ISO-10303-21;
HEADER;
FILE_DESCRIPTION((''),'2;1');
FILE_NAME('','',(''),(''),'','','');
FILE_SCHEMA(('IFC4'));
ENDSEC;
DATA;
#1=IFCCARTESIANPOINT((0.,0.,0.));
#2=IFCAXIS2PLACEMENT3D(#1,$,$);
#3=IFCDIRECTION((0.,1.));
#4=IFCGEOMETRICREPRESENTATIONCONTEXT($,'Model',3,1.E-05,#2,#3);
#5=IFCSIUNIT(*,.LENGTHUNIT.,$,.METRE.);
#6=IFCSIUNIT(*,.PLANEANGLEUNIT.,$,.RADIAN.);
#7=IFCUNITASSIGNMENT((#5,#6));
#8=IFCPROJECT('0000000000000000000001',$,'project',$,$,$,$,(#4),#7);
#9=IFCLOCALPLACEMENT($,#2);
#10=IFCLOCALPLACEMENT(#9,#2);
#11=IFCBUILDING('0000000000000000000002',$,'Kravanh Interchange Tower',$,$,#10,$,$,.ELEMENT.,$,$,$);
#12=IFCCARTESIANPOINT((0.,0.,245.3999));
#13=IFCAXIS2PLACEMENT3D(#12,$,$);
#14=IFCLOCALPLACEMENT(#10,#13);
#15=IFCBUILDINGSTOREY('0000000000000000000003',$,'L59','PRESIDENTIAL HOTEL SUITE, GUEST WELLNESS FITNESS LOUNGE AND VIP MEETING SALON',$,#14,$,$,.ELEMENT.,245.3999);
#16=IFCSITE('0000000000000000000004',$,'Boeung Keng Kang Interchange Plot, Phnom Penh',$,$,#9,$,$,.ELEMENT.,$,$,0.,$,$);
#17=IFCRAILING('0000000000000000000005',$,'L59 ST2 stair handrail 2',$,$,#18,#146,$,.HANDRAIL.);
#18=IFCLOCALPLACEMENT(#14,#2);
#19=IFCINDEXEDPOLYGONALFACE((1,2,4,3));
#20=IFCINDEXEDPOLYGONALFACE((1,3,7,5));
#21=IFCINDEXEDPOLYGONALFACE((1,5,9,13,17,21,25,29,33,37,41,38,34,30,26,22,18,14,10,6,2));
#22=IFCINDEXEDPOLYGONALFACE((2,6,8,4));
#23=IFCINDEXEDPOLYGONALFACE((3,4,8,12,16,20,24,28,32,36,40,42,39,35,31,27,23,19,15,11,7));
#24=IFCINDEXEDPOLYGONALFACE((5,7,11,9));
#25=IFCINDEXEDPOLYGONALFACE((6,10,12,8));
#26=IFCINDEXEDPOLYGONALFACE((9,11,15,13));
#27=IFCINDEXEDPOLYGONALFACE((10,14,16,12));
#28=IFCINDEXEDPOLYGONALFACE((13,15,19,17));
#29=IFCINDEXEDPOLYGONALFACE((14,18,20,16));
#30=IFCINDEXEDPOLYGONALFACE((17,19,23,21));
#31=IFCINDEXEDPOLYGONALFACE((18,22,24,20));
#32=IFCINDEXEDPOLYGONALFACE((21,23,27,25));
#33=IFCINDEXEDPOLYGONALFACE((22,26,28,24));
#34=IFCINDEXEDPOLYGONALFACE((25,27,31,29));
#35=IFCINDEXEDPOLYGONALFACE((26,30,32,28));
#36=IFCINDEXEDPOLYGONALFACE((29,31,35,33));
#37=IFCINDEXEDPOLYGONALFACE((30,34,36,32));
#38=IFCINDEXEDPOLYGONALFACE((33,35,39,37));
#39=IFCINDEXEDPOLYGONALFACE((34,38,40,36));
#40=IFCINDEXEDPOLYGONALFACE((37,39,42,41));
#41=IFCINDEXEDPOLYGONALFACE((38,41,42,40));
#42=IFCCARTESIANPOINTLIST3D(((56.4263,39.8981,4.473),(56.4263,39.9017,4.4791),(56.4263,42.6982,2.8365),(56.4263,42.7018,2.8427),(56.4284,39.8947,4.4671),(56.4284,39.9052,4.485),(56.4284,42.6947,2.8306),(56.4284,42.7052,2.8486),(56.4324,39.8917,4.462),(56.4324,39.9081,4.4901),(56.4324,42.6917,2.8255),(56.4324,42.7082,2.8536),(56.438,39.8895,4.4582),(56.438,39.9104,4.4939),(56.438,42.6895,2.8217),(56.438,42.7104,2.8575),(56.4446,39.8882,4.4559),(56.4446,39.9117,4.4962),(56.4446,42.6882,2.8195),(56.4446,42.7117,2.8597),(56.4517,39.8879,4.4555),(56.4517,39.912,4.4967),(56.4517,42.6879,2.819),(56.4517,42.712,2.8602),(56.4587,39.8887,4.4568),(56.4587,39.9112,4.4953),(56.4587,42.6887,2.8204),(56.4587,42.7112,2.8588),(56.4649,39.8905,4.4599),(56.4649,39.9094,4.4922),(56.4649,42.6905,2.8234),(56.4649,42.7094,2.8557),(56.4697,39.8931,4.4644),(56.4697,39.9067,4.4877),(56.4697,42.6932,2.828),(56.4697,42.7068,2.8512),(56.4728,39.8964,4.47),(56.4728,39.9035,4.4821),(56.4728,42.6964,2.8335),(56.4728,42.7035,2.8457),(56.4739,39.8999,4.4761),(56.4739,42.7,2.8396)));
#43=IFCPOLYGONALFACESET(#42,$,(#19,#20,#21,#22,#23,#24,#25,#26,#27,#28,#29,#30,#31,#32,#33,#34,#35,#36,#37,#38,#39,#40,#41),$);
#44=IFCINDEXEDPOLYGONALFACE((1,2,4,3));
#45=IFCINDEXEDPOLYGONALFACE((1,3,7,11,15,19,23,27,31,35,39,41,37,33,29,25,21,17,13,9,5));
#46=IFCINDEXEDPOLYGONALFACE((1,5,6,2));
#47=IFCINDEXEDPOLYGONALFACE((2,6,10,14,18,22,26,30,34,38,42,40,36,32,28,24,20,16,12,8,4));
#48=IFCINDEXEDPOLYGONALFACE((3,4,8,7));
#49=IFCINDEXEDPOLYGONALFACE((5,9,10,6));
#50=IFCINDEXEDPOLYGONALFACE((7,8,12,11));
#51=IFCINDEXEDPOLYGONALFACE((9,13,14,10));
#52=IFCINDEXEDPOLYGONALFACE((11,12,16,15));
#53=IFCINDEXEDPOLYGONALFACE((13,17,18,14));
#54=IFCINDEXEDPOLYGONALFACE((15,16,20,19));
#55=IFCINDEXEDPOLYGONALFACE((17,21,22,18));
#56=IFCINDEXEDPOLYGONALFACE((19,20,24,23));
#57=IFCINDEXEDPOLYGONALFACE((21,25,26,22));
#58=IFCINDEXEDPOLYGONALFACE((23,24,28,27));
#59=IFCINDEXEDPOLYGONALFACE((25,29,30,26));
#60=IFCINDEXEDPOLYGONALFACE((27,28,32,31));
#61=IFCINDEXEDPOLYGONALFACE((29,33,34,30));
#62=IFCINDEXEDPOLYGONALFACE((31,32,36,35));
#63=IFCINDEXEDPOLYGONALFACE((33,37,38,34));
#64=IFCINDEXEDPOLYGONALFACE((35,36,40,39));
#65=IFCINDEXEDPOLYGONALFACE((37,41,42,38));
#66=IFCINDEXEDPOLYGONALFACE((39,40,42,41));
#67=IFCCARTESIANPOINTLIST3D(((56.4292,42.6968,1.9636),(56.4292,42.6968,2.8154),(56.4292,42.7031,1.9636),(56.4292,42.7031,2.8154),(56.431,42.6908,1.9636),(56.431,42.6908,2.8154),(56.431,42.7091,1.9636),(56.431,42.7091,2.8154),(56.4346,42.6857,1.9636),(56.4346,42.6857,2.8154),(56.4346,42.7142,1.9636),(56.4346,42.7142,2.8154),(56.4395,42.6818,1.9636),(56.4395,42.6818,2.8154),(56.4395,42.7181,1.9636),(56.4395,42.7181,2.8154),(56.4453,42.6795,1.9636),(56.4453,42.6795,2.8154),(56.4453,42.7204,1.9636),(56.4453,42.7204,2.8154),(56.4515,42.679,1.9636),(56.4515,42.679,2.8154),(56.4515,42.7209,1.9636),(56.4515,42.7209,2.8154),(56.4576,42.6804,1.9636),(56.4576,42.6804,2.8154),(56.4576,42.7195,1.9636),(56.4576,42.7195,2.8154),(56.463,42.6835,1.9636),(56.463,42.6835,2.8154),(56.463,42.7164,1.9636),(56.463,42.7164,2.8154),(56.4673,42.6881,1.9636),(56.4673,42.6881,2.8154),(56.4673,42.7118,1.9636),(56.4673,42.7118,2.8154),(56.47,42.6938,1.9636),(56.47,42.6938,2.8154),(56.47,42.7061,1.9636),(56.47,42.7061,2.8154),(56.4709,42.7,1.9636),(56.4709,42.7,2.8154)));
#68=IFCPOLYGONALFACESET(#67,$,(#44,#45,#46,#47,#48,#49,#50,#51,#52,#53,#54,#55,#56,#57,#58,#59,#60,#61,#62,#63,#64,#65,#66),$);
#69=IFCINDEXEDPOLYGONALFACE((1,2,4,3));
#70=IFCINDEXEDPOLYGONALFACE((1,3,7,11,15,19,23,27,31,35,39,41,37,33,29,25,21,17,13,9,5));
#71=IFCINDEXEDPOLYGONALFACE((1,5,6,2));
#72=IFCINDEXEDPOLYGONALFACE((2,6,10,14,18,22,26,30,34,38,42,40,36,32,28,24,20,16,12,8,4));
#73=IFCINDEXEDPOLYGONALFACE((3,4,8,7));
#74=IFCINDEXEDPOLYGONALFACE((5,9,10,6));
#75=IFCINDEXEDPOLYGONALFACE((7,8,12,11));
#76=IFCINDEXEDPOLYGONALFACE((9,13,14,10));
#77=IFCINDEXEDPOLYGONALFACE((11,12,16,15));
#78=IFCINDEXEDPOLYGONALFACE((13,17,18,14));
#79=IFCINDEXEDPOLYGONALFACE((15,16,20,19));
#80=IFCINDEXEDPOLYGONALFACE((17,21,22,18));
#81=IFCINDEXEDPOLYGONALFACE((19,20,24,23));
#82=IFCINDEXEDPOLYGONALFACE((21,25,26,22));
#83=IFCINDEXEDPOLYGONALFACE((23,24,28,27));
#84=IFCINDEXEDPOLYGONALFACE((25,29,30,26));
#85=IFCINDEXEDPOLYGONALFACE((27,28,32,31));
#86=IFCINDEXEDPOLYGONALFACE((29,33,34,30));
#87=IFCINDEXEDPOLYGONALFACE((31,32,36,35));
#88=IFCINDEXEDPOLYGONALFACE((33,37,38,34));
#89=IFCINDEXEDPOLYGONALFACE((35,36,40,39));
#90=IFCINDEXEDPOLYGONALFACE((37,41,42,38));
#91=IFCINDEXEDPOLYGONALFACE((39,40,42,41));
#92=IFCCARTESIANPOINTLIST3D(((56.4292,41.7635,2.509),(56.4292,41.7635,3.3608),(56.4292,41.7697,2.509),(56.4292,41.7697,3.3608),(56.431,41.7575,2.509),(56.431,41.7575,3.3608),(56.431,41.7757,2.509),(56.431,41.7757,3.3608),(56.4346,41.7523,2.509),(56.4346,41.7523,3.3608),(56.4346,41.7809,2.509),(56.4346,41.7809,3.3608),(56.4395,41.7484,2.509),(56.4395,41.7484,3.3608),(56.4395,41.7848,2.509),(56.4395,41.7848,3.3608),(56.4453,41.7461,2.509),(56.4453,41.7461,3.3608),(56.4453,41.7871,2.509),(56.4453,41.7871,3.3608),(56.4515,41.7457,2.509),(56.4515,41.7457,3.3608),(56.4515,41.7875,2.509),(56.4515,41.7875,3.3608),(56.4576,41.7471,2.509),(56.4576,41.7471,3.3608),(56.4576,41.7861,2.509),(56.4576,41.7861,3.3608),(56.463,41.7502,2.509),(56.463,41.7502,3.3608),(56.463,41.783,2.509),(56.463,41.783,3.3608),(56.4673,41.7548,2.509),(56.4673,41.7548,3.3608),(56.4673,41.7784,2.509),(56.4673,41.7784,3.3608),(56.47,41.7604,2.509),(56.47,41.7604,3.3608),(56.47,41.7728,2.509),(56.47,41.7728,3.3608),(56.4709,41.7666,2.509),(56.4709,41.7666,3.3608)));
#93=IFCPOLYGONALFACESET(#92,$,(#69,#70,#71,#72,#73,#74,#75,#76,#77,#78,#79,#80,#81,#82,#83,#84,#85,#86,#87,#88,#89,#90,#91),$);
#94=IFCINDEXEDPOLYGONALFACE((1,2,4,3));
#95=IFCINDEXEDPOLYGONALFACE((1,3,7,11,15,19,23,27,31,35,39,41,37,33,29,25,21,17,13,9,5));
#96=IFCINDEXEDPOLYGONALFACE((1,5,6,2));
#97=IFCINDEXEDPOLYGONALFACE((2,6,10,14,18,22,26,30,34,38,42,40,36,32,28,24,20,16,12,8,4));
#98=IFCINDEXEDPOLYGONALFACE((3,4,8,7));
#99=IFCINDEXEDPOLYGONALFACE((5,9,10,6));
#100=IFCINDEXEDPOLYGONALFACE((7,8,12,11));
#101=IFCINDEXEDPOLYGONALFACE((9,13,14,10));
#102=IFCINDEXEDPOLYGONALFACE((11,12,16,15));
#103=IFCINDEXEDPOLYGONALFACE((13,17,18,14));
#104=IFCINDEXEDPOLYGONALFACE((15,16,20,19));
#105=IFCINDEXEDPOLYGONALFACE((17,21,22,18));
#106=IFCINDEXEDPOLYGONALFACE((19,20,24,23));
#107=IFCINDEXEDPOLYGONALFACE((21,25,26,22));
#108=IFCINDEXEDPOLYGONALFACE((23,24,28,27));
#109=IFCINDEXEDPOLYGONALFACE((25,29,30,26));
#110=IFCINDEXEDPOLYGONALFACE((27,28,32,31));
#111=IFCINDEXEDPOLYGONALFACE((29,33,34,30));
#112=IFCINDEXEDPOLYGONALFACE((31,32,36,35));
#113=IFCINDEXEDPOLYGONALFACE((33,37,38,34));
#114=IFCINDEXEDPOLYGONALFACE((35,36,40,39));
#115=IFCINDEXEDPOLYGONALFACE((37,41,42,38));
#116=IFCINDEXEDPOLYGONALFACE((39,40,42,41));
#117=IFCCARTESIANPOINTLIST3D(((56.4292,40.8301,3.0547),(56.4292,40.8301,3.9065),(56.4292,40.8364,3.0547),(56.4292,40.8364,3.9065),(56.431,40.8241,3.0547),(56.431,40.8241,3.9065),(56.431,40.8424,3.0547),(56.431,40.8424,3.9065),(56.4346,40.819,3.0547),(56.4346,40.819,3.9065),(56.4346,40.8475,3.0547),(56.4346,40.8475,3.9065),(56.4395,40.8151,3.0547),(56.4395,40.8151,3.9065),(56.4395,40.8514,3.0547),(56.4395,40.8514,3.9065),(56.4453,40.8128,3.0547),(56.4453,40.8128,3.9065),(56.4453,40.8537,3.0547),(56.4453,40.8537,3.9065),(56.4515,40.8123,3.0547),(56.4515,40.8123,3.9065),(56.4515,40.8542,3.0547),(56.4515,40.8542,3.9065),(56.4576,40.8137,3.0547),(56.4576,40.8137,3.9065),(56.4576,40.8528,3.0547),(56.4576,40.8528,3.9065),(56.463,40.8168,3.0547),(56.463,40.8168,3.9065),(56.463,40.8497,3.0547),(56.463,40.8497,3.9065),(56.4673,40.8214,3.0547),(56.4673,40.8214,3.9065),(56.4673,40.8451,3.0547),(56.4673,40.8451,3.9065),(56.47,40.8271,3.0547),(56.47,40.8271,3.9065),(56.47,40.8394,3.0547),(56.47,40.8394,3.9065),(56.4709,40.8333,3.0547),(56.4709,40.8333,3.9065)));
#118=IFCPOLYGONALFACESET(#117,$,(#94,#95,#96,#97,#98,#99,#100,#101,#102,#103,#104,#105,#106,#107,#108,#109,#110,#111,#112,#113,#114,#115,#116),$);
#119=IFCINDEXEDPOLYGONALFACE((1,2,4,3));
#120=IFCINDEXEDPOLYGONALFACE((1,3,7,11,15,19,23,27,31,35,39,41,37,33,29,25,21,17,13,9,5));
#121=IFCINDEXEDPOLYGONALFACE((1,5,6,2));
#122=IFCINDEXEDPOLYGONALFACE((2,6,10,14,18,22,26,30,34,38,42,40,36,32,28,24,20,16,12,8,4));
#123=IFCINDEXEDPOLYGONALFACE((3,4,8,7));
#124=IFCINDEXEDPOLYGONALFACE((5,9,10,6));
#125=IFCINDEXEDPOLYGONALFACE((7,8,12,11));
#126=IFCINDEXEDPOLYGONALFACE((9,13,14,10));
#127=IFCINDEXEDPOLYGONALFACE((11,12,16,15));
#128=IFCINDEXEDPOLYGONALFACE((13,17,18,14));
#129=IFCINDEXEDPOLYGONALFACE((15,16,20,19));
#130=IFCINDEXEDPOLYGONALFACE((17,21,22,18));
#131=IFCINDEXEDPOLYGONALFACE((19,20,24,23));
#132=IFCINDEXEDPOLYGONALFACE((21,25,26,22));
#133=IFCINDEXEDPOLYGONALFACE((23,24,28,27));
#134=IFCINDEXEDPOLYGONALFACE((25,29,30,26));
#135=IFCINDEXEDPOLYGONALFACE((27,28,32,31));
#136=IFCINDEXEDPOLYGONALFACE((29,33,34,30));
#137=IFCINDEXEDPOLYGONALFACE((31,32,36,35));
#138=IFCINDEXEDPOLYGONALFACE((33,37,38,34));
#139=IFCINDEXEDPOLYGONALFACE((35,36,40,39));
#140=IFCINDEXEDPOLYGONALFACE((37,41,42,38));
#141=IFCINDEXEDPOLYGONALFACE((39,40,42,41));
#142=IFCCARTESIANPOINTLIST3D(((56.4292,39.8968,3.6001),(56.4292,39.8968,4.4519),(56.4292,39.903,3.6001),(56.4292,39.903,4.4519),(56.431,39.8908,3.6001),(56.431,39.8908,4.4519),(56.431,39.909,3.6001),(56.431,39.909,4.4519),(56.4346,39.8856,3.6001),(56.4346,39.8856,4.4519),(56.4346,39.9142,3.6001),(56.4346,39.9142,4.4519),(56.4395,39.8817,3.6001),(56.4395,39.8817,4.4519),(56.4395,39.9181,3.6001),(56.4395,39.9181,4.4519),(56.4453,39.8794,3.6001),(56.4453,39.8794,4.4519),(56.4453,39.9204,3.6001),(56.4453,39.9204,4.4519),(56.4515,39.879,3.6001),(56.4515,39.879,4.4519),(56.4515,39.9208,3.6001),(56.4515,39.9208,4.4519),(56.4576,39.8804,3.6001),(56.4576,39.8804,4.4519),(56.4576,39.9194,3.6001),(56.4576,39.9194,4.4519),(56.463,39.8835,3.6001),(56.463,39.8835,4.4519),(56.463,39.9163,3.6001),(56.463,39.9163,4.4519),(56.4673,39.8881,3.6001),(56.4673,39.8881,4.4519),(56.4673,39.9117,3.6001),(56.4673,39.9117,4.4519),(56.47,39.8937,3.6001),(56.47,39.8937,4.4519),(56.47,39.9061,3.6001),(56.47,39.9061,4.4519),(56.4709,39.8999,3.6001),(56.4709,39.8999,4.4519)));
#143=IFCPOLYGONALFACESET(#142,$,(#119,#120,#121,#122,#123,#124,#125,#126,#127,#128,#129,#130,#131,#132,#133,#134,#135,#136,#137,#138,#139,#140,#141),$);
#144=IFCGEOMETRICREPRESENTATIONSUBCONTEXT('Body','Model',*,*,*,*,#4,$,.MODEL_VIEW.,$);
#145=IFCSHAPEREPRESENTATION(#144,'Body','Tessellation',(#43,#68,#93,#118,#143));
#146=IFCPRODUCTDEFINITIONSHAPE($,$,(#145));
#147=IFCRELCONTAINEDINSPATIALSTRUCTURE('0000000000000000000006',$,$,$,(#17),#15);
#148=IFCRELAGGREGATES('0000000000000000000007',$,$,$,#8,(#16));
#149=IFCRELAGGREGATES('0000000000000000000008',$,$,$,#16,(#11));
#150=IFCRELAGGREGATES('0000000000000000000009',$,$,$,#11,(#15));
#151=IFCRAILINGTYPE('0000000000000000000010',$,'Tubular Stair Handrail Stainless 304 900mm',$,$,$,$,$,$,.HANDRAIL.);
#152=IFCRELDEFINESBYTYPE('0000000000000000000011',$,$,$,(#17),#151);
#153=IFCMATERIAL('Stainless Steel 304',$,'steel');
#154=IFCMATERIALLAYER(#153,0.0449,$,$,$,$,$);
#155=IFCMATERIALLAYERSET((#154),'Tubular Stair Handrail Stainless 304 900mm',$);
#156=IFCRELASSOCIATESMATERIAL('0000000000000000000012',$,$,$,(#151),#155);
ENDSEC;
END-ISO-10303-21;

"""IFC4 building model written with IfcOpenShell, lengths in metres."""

from ifc_helpers import new_model, si_unit, direction, frame, origin, origin_2d, place, context, subcontext, project, spatial, circle, extrude, material, layer, layer_set, type_object, element, save


model = new_model("IFC4")

# Units and contexts
model_context = context("Model", 3, precision=1e-05, world=origin(), true_north=direction((0.0, 1.0)))
body_context = subcontext(model_context, "Body", "Model", "MODEL_VIEW")
ifc_project = project(units=[si_unit("LENGTHUNIT", "METRE"), si_unit("PLANEANGLEUNIT", "RADIAN")], contexts=[model_context])

# Site, building, storey
site_placement = place(None, origin())
site = spatial("IfcSite", under=ifc_project, at=site_placement, Name="Boeung Keng Kang Interchange Plot, Phnom Penh", CompositionType="ELEMENT", RefElevation=0.0)
building_placement = place(site_placement, origin())
building = spatial("IfcBuilding", under=site, at=building_placement, Name="Kravanh Interchange Tower", CompositionType="ELEMENT")
storey_placement = place(building_placement, frame((0.0, 0.0, 245.3999)))
storey = spatial("IfcBuildingStorey", under=building, at=storey_placement, Name="L59", Description="PRESIDENTIAL HOTEL SUITE, GUEST WELLNESS FITNESS LOUNGE AND VIP MEETING SALON", CompositionType="ELEMENT", Elevation=245.3999)

# Railing
ifc_material_1 = material(Name="Stainless Steel 304", Category="steel")
ifc_layer_1 = layer(ifc_material_1, 0.0449)
ifc_layer_set_1 = layer_set([ifc_layer_1], Name="Tubular Stair Handrail Stainless 304 900mm")
railing_type_1 = type_object("IfcRailingType", Name="Tubular Stair Handrail Stainless 304 900mm", PredefinedType="HANDRAIL", material=ifc_layer_set_1)
railing_1_placement = place(storey_placement, frame((56.45, 42.7, 1.9636)))
element("IfcRailing", 1, at=railing_1_placement, inside=storey, type_object=railing_type_1, Name="L59 ST2 stair handrail 2", PredefinedType="HANDRAIL", context=body_context, shape_type="SweptSolid", body=[
    extrude(circle(Radius=0.0239, at=origin_2d()), frame((0.0, 0.0, 0.876), z_axis=(0.0, -0.863361, 0.504587), x_axis=(1.0, 0.0, 0.0)), (0.0, 0.0, 1.0), 3.2432),
    extrude(circle(Radius=0.021, at=origin_2d()), origin(), (0.0, 0.0, 1.0), 0.8518),
    extrude(circle(Radius=0.021, at=origin_2d()), frame((0.0, -0.9333, 0.5454)), (0.0, 0.0, 1.0), 0.8518),
    extrude(circle(Radius=0.021, at=origin_2d()), frame((0.0, -1.8667, 1.0911)), (0.0, 0.0, 1.0), 0.8518),
    extrude(circle(Radius=0.021, at=origin_2d()), frame((0.0, -2.8, 1.6365)), (0.0, 0.0, 1.0), 0.8518),
])

save(model, "model.ifc")
